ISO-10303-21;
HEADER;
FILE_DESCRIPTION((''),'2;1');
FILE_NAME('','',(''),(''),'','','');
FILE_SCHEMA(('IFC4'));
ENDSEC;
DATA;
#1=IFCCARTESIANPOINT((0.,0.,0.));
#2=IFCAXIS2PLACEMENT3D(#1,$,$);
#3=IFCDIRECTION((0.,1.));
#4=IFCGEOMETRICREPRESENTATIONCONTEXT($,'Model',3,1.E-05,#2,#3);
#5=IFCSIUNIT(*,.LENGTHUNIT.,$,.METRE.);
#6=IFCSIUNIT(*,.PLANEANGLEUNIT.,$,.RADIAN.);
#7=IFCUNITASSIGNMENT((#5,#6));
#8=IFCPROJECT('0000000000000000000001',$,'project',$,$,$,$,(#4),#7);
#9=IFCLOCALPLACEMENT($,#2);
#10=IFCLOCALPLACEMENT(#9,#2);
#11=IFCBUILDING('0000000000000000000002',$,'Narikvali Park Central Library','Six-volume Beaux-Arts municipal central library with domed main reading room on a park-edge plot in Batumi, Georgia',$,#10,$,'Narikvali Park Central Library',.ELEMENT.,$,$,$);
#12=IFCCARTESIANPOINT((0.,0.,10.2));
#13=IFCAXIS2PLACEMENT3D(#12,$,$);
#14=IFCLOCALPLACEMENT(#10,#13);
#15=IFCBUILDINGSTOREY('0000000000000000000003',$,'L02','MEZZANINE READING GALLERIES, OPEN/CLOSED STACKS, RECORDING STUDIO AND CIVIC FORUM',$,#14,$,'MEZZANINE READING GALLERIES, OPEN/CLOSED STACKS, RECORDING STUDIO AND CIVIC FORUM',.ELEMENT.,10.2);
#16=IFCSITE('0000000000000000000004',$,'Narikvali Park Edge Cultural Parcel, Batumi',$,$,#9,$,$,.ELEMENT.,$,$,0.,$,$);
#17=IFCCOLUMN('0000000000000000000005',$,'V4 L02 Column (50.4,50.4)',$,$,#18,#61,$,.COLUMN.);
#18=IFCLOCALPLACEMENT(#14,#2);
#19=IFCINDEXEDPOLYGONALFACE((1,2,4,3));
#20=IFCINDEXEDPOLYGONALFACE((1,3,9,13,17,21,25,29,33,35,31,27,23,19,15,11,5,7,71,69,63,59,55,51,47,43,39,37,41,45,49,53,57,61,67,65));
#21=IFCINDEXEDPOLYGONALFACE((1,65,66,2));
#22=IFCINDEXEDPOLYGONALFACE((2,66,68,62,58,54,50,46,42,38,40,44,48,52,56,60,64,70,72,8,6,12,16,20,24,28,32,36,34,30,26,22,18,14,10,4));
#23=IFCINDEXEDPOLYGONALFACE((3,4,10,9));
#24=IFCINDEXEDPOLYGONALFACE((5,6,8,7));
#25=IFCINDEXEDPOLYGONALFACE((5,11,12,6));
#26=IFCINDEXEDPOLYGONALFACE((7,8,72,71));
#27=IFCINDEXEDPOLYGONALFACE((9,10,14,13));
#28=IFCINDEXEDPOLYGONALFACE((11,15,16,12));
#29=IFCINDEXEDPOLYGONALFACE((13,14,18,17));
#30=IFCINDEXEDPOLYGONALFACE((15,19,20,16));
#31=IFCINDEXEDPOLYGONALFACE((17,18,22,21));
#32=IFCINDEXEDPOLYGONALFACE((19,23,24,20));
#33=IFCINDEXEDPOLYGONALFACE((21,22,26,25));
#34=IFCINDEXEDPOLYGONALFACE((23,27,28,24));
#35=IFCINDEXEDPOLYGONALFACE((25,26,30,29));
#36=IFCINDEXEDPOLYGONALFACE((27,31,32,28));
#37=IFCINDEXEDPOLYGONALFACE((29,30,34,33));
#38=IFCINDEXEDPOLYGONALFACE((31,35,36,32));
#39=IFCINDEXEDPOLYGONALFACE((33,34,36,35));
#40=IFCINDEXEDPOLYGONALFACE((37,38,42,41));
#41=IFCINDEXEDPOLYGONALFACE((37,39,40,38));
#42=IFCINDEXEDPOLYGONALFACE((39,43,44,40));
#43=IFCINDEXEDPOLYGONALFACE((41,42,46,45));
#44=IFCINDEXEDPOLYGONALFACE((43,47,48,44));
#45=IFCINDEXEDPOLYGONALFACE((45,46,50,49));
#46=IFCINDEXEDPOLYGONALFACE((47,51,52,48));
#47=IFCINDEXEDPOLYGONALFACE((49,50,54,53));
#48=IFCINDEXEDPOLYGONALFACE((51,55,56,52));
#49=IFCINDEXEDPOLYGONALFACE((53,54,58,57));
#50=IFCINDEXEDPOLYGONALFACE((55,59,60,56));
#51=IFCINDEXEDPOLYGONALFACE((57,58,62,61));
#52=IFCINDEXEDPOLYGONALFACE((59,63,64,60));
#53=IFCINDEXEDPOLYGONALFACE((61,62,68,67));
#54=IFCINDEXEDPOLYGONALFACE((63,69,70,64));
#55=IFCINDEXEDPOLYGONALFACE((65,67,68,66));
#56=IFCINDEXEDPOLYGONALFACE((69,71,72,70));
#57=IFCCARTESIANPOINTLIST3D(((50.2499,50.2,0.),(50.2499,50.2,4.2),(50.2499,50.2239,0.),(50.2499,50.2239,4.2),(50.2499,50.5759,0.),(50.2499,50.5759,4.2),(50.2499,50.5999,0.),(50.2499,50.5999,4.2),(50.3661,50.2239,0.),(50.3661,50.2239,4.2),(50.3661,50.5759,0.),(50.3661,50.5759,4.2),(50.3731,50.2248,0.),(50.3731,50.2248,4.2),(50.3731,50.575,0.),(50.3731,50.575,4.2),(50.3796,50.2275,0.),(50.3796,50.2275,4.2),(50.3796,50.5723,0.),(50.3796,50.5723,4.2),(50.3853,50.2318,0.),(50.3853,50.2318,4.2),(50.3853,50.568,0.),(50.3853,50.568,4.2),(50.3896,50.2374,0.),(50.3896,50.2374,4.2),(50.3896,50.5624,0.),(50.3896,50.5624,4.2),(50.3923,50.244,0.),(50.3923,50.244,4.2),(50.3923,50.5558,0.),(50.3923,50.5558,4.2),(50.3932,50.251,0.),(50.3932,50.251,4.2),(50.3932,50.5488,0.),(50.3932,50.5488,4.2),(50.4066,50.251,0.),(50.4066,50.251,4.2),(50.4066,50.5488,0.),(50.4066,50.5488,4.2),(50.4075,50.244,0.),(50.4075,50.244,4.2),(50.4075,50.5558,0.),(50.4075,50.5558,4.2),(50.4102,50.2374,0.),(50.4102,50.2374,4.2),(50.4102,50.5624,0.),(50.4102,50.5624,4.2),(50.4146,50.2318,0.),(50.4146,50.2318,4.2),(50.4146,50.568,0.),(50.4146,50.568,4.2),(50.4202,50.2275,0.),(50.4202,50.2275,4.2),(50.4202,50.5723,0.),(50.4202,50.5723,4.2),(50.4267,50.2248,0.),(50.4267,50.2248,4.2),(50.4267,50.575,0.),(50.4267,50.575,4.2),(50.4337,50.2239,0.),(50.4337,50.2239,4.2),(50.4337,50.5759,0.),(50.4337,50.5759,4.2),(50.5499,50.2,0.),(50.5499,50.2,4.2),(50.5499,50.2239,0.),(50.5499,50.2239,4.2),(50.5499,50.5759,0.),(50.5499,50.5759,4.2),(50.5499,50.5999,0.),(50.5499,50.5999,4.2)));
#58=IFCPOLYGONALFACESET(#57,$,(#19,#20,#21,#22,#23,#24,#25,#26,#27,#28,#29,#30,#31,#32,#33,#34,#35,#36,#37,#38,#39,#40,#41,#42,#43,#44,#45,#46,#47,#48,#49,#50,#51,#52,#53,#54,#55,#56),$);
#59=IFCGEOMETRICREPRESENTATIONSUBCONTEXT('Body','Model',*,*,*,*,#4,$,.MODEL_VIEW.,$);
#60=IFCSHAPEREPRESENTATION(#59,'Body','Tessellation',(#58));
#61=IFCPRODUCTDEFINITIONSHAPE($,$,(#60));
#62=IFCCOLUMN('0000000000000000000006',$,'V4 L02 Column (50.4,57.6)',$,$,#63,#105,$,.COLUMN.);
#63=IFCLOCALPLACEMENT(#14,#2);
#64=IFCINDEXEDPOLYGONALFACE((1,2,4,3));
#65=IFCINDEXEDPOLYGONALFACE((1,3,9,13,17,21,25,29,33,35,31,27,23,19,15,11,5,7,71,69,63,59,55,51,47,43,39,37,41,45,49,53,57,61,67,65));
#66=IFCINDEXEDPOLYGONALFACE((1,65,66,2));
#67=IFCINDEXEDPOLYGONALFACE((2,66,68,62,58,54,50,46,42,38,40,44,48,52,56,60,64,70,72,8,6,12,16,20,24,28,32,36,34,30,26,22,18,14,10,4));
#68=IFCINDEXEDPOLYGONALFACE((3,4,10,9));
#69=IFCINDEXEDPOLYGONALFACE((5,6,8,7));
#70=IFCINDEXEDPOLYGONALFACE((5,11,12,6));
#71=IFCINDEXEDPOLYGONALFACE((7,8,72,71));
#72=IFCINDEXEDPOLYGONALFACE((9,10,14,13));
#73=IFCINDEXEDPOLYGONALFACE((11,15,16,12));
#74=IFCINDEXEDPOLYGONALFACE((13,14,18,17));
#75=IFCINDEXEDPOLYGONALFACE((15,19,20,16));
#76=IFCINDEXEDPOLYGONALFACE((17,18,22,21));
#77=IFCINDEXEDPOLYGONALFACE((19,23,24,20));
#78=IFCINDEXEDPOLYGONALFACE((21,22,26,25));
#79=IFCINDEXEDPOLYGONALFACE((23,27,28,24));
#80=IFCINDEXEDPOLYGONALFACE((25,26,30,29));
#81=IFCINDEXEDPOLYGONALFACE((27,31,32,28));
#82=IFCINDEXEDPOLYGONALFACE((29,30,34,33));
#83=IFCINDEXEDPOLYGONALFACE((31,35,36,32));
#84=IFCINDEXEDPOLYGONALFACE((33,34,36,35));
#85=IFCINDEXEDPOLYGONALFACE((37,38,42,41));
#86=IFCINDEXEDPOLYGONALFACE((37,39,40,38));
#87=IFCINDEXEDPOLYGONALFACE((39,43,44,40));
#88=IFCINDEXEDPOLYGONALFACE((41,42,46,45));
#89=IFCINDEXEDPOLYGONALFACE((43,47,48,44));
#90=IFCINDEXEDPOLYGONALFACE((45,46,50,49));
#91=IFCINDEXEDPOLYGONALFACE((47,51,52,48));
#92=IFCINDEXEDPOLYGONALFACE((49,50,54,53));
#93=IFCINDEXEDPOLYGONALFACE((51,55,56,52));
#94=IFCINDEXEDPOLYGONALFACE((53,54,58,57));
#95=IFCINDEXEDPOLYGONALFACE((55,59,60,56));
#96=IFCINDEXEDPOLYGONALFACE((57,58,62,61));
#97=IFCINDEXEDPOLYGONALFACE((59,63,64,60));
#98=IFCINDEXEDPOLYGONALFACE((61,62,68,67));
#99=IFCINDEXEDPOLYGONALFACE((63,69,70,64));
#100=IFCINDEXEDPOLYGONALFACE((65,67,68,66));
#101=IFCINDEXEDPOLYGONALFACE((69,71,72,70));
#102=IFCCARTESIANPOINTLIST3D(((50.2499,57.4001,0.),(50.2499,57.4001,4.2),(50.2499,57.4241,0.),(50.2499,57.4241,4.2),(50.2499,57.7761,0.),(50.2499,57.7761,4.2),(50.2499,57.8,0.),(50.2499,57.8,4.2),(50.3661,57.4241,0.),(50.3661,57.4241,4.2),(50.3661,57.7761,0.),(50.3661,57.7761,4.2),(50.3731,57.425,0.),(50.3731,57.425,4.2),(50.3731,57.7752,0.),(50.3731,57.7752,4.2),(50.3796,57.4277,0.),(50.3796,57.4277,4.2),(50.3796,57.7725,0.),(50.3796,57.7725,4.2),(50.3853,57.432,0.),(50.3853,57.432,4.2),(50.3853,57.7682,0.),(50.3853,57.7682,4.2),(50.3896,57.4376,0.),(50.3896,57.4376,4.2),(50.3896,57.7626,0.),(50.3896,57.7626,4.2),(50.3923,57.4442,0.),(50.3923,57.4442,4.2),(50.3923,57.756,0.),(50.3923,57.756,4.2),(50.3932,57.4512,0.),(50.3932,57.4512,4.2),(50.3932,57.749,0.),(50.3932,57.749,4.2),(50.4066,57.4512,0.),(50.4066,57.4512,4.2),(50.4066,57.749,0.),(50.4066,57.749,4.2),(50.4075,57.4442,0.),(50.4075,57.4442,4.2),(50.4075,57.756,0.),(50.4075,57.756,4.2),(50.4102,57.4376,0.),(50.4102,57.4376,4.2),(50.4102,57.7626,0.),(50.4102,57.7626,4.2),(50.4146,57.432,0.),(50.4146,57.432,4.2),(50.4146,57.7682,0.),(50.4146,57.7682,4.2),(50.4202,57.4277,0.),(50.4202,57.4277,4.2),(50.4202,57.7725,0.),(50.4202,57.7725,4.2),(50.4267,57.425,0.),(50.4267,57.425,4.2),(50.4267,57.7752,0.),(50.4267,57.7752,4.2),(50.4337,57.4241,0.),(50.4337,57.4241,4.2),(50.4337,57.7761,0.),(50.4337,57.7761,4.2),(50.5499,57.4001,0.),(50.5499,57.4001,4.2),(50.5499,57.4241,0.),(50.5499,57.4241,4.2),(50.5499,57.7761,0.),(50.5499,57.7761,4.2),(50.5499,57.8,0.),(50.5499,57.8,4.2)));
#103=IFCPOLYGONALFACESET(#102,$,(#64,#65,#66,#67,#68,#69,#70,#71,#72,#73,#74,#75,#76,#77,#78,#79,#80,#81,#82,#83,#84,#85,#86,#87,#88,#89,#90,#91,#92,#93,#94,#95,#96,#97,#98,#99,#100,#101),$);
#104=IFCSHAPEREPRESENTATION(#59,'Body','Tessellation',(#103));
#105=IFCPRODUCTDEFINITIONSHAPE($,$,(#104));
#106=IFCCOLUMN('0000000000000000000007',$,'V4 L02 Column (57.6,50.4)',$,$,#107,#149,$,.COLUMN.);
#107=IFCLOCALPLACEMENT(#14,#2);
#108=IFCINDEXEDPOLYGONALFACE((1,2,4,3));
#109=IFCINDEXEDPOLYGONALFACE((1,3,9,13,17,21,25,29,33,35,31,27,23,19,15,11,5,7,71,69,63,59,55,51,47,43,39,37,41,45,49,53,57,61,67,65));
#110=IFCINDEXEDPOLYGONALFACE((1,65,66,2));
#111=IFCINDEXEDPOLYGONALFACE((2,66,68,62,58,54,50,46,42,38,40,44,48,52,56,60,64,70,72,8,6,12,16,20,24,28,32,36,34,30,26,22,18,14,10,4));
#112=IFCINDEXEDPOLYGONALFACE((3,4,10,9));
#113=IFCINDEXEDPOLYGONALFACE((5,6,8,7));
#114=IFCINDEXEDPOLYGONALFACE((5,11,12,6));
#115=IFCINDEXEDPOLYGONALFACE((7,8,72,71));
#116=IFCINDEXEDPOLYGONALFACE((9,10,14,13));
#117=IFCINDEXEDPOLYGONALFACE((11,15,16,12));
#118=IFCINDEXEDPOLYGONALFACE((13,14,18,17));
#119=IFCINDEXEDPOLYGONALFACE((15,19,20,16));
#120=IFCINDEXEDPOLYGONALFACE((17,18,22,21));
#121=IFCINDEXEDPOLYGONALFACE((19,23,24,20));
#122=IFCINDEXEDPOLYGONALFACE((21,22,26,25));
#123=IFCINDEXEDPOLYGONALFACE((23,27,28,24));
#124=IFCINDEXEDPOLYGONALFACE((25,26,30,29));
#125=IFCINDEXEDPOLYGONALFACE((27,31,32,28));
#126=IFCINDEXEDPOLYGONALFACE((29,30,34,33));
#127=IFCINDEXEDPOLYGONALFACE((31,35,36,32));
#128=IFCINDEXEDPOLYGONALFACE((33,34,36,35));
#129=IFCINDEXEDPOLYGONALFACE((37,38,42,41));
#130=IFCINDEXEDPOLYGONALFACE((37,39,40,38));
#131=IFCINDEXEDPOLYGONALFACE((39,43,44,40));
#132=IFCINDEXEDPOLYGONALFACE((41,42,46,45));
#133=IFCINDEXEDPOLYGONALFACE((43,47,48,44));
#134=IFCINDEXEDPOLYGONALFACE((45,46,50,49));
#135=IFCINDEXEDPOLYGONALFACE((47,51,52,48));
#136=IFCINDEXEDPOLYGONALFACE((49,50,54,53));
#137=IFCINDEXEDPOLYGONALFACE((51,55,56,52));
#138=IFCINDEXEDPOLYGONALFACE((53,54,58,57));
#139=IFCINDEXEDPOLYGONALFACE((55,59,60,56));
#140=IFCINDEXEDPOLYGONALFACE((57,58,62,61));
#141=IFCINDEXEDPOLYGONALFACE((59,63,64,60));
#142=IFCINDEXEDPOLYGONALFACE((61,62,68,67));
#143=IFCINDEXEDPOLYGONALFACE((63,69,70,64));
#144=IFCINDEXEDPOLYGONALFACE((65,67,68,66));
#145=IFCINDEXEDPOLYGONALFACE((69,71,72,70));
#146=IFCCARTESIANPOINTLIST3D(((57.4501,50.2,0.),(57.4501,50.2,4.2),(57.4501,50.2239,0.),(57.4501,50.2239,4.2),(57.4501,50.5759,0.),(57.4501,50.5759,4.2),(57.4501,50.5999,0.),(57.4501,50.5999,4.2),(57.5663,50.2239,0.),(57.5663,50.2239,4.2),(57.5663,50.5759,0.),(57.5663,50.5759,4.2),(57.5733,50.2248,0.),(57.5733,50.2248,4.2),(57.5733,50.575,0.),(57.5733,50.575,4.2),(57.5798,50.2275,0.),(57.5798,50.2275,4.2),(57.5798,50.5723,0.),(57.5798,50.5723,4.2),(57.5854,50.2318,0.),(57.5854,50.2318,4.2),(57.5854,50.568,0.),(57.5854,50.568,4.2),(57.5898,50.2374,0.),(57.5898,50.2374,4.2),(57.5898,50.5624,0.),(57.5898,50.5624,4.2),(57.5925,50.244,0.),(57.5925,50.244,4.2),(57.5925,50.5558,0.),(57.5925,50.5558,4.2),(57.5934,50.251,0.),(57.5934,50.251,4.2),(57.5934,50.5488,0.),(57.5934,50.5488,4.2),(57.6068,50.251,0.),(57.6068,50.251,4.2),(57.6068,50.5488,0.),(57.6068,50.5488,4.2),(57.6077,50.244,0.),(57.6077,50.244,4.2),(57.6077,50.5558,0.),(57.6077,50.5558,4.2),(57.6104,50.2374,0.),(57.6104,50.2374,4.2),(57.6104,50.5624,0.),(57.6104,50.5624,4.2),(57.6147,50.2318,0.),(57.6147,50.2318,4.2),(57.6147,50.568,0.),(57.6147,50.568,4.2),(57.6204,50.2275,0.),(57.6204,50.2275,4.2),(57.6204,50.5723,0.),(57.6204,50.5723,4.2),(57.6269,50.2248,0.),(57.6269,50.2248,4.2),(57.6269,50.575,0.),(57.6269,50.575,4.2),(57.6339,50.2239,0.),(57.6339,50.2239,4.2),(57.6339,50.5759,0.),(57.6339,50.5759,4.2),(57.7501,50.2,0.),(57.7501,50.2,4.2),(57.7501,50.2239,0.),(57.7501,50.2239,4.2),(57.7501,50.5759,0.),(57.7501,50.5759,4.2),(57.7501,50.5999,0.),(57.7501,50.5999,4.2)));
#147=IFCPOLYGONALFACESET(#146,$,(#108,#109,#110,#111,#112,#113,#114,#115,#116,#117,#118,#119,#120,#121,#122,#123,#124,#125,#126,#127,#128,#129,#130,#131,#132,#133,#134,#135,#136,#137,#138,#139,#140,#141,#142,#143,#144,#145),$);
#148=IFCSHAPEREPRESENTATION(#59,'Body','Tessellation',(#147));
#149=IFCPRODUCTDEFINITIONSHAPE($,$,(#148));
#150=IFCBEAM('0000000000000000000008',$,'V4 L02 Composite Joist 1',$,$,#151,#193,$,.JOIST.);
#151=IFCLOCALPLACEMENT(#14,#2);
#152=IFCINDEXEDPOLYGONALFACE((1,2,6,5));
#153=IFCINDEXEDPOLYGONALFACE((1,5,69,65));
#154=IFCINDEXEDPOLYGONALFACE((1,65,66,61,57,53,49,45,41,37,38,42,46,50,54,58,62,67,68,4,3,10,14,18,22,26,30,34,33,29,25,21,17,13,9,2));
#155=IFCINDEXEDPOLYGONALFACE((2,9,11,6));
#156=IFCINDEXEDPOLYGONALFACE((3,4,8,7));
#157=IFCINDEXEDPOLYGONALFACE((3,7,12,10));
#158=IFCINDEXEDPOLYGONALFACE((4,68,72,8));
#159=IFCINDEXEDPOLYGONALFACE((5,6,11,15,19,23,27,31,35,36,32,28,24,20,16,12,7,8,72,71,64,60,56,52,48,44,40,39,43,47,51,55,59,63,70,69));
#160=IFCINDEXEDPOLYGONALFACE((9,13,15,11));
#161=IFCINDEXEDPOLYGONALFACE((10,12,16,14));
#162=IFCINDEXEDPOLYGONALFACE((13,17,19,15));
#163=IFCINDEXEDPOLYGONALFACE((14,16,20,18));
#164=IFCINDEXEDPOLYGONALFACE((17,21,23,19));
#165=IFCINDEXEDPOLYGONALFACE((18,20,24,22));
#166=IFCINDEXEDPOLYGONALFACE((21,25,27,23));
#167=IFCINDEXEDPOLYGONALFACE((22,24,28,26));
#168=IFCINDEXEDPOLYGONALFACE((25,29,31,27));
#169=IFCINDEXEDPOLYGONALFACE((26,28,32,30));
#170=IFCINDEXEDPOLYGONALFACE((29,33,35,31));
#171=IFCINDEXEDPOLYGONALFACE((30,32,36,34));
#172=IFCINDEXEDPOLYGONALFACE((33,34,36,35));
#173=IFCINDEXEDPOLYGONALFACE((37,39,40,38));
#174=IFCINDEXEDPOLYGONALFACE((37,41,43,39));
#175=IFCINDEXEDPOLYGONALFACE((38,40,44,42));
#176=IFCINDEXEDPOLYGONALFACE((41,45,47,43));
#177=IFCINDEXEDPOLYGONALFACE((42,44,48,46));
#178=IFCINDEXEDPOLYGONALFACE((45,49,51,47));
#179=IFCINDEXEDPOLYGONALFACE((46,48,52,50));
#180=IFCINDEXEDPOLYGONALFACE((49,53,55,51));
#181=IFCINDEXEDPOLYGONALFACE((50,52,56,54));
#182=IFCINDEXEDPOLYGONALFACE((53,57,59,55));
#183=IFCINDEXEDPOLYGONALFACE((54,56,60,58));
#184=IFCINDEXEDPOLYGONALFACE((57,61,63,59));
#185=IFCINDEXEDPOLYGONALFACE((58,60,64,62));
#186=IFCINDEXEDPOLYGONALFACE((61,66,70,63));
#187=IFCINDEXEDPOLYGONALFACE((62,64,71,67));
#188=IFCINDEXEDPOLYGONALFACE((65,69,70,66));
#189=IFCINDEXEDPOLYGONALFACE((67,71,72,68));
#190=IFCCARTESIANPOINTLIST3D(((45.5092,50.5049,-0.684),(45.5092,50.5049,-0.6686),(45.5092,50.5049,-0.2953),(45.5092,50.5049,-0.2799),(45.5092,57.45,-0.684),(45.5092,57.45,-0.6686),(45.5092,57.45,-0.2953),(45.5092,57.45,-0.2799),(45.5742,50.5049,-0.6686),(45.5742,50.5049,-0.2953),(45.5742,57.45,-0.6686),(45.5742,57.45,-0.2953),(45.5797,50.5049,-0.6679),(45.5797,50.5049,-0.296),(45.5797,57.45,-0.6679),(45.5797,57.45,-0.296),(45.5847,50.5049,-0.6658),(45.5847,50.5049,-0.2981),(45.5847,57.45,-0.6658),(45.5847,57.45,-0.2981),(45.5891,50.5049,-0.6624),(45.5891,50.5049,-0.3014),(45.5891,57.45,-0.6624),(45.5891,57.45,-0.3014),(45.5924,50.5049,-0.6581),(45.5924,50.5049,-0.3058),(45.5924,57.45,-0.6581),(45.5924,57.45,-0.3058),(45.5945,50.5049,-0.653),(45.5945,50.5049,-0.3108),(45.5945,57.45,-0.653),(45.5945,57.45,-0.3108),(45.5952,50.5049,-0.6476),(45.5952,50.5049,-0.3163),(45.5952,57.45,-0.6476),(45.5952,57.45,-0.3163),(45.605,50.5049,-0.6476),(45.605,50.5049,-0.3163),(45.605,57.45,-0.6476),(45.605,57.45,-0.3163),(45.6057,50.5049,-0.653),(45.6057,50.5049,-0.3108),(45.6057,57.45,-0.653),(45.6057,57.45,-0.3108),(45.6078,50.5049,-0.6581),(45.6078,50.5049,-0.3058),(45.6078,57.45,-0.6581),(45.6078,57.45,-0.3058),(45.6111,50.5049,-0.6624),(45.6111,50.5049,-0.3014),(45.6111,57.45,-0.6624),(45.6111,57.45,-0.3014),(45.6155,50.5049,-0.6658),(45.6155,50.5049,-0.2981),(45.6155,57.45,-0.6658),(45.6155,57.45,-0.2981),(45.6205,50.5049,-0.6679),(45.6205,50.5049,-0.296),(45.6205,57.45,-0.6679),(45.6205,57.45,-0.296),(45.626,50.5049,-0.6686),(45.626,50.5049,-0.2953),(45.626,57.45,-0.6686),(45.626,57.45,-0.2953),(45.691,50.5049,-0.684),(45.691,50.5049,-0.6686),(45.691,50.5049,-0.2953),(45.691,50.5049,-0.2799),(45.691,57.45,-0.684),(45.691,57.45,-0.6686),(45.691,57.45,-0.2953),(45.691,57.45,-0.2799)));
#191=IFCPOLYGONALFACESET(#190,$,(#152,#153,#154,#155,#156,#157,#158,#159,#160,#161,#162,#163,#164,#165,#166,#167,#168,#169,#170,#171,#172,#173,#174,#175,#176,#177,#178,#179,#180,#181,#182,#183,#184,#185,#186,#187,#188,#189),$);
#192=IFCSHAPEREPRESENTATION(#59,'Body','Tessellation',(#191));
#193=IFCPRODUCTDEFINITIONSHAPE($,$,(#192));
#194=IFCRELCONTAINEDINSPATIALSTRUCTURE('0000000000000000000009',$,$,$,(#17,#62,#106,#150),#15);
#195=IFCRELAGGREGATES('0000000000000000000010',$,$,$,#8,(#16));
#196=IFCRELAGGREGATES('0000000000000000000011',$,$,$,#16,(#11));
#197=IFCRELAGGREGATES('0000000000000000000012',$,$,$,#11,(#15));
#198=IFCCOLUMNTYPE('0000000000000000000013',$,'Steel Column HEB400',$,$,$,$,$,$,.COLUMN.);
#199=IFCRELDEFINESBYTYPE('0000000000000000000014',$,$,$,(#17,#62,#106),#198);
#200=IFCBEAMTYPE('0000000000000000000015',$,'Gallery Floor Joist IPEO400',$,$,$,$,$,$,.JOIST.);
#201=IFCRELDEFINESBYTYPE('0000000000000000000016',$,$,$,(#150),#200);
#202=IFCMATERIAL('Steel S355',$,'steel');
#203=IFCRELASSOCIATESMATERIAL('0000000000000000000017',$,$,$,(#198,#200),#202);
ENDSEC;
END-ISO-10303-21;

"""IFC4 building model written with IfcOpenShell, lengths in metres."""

from ifc_helpers import new_model, si_unit, direction, frame, origin, origin_2d, place, context, subcontext, project, spatial, i_section, extrude, material, material_profile, profile_set, type_object, element, save


model = new_model("IFC4")

# Units and contexts
model_context = context("Model", 3, precision=1e-05, world=origin(), true_north=direction((0.0, 1.0)))
body_context = subcontext(model_context, "Body", "Model", "MODEL_VIEW")
ifc_project = project(units=[si_unit("LENGTHUNIT", "METRE"), si_unit("PLANEANGLEUNIT", "RADIAN")], contexts=[model_context])

# Site, building, storey
site_placement = place(None, origin())
site = spatial("IfcSite", under=ifc_project, at=site_placement, Name="Narikvali Park Edge Cultural Parcel, Batumi", CompositionType="ELEMENT", RefElevation=0.0)
building_placement = place(site_placement, origin())
building = spatial("IfcBuilding", under=site, at=building_placement, Name="Narikvali Park Central Library", Description="Six-volume Beaux-Arts municipal central library with domed main reading room on a park-edge plot in Batumi, Georgia", LongName="Narikvali Park Central Library", CompositionType="ELEMENT")
storey_placement = place(building_placement, frame((0.0, 0.0, 10.2)))
storey = spatial("IfcBuildingStorey", under=building, at=storey_placement, Name="L02", Description="MEZZANINE READING GALLERIES, OPEN/CLOSED STACKS, RECORDING STUDIO AND CIVIC FORUM", LongName="MEZZANINE READING GALLERIES, OPEN/CLOSED STACKS, RECORDING STUDIO AND CIVIC FORUM", CompositionType="ELEMENT", Elevation=10.2)

# Columns
ifc_material_1 = material(Name="Steel S355", Category="steel")
ifc_material_profile_1 = material_profile(ifc_material_1, i_section(OverallWidth=0.3, OverallDepth=0.3999, WebThickness=0.0134, FlangeThickness=0.0239, FilletRadius=0.0271, at=origin_2d()), Name="HEB 400")
ifc_profile_set_1 = profile_set([ifc_material_profile_1], Name="Steel S355")
column_type = type_object("IfcColumnType", Name="Steel Column HEB400", PredefinedType="COLUMN", material=ifc_profile_set_1)
for number, where, z_axis, x_axis, name in (
    (1, (50.3999, 50.3999, 0.0), (0.0, 0.0, 1.0), (1.0, 0.0, 0.0), "V4 L02 Column (50.4,50.4)"),
    (2, (50.3999, 57.6001, 0.0), (0.0, 0.0, 1.0), (1.0, 0.0, 0.0), "V4 L02 Column (50.4,57.6)"),
    (3, (57.6001, 50.3999, 0.0), (0.0, 0.0, 1.0), (1.0, 0.0, 0.0), "V4 L02 Column (57.6,50.4)"),
):
    element("IfcColumn", number, at=place(storey_placement, frame(where, z_axis=z_axis, x_axis=x_axis)), inside=storey, type_object=column_type, Name=name, PredefinedType="COLUMN", context=body_context, shape_type="SweptSolid", body=[
        extrude(i_section(OverallWidth=0.3, OverallDepth=0.3999, WebThickness=0.0134, FlangeThickness=0.0239, FilletRadius=0.0271, at=origin_2d()), origin(), (0.0, 0.0, 1.0), 4.2),
    ])

# Beam
ifc_material_profile_2 = material_profile(ifc_material_1, i_section(OverallWidth=0.1819, OverallDepth=0.4041, WebThickness=0.0098, FlangeThickness=0.0154, FilletRadius=0.021, at=origin_2d()), Name="IPEO 400")
ifc_profile_set_2 = profile_set([ifc_material_profile_2], Name="Steel S355")
beam_type_1 = type_object("IfcBeamType", Name="Gallery Floor Joist IPEO400", PredefinedType="JOIST", material=ifc_profile_set_2)
for number, where, z_axis, x_axis, name in (
    (4, (45.6001, 50.5049, -0.4819), (0.0, 1.0, 0.0), (-1.0, 0.0, 0.0), "V4 L02 Composite Joist 1"),
):
    element("IfcBeam", number, at=place(storey_placement, frame(where, z_axis=z_axis, x_axis=x_axis)), inside=storey, type_object=beam_type_1, Name=name, PredefinedType="JOIST", context=body_context, shape_type="SweptSolid", body=[
        extrude(i_section(OverallWidth=0.1819, OverallDepth=0.4041, WebThickness=0.0098, FlangeThickness=0.0154, FilletRadius=0.021, at=origin_2d()), origin(), (0.0, 0.0, 1.0), 6.9451),
    ])

save(model, "model.ifc")
